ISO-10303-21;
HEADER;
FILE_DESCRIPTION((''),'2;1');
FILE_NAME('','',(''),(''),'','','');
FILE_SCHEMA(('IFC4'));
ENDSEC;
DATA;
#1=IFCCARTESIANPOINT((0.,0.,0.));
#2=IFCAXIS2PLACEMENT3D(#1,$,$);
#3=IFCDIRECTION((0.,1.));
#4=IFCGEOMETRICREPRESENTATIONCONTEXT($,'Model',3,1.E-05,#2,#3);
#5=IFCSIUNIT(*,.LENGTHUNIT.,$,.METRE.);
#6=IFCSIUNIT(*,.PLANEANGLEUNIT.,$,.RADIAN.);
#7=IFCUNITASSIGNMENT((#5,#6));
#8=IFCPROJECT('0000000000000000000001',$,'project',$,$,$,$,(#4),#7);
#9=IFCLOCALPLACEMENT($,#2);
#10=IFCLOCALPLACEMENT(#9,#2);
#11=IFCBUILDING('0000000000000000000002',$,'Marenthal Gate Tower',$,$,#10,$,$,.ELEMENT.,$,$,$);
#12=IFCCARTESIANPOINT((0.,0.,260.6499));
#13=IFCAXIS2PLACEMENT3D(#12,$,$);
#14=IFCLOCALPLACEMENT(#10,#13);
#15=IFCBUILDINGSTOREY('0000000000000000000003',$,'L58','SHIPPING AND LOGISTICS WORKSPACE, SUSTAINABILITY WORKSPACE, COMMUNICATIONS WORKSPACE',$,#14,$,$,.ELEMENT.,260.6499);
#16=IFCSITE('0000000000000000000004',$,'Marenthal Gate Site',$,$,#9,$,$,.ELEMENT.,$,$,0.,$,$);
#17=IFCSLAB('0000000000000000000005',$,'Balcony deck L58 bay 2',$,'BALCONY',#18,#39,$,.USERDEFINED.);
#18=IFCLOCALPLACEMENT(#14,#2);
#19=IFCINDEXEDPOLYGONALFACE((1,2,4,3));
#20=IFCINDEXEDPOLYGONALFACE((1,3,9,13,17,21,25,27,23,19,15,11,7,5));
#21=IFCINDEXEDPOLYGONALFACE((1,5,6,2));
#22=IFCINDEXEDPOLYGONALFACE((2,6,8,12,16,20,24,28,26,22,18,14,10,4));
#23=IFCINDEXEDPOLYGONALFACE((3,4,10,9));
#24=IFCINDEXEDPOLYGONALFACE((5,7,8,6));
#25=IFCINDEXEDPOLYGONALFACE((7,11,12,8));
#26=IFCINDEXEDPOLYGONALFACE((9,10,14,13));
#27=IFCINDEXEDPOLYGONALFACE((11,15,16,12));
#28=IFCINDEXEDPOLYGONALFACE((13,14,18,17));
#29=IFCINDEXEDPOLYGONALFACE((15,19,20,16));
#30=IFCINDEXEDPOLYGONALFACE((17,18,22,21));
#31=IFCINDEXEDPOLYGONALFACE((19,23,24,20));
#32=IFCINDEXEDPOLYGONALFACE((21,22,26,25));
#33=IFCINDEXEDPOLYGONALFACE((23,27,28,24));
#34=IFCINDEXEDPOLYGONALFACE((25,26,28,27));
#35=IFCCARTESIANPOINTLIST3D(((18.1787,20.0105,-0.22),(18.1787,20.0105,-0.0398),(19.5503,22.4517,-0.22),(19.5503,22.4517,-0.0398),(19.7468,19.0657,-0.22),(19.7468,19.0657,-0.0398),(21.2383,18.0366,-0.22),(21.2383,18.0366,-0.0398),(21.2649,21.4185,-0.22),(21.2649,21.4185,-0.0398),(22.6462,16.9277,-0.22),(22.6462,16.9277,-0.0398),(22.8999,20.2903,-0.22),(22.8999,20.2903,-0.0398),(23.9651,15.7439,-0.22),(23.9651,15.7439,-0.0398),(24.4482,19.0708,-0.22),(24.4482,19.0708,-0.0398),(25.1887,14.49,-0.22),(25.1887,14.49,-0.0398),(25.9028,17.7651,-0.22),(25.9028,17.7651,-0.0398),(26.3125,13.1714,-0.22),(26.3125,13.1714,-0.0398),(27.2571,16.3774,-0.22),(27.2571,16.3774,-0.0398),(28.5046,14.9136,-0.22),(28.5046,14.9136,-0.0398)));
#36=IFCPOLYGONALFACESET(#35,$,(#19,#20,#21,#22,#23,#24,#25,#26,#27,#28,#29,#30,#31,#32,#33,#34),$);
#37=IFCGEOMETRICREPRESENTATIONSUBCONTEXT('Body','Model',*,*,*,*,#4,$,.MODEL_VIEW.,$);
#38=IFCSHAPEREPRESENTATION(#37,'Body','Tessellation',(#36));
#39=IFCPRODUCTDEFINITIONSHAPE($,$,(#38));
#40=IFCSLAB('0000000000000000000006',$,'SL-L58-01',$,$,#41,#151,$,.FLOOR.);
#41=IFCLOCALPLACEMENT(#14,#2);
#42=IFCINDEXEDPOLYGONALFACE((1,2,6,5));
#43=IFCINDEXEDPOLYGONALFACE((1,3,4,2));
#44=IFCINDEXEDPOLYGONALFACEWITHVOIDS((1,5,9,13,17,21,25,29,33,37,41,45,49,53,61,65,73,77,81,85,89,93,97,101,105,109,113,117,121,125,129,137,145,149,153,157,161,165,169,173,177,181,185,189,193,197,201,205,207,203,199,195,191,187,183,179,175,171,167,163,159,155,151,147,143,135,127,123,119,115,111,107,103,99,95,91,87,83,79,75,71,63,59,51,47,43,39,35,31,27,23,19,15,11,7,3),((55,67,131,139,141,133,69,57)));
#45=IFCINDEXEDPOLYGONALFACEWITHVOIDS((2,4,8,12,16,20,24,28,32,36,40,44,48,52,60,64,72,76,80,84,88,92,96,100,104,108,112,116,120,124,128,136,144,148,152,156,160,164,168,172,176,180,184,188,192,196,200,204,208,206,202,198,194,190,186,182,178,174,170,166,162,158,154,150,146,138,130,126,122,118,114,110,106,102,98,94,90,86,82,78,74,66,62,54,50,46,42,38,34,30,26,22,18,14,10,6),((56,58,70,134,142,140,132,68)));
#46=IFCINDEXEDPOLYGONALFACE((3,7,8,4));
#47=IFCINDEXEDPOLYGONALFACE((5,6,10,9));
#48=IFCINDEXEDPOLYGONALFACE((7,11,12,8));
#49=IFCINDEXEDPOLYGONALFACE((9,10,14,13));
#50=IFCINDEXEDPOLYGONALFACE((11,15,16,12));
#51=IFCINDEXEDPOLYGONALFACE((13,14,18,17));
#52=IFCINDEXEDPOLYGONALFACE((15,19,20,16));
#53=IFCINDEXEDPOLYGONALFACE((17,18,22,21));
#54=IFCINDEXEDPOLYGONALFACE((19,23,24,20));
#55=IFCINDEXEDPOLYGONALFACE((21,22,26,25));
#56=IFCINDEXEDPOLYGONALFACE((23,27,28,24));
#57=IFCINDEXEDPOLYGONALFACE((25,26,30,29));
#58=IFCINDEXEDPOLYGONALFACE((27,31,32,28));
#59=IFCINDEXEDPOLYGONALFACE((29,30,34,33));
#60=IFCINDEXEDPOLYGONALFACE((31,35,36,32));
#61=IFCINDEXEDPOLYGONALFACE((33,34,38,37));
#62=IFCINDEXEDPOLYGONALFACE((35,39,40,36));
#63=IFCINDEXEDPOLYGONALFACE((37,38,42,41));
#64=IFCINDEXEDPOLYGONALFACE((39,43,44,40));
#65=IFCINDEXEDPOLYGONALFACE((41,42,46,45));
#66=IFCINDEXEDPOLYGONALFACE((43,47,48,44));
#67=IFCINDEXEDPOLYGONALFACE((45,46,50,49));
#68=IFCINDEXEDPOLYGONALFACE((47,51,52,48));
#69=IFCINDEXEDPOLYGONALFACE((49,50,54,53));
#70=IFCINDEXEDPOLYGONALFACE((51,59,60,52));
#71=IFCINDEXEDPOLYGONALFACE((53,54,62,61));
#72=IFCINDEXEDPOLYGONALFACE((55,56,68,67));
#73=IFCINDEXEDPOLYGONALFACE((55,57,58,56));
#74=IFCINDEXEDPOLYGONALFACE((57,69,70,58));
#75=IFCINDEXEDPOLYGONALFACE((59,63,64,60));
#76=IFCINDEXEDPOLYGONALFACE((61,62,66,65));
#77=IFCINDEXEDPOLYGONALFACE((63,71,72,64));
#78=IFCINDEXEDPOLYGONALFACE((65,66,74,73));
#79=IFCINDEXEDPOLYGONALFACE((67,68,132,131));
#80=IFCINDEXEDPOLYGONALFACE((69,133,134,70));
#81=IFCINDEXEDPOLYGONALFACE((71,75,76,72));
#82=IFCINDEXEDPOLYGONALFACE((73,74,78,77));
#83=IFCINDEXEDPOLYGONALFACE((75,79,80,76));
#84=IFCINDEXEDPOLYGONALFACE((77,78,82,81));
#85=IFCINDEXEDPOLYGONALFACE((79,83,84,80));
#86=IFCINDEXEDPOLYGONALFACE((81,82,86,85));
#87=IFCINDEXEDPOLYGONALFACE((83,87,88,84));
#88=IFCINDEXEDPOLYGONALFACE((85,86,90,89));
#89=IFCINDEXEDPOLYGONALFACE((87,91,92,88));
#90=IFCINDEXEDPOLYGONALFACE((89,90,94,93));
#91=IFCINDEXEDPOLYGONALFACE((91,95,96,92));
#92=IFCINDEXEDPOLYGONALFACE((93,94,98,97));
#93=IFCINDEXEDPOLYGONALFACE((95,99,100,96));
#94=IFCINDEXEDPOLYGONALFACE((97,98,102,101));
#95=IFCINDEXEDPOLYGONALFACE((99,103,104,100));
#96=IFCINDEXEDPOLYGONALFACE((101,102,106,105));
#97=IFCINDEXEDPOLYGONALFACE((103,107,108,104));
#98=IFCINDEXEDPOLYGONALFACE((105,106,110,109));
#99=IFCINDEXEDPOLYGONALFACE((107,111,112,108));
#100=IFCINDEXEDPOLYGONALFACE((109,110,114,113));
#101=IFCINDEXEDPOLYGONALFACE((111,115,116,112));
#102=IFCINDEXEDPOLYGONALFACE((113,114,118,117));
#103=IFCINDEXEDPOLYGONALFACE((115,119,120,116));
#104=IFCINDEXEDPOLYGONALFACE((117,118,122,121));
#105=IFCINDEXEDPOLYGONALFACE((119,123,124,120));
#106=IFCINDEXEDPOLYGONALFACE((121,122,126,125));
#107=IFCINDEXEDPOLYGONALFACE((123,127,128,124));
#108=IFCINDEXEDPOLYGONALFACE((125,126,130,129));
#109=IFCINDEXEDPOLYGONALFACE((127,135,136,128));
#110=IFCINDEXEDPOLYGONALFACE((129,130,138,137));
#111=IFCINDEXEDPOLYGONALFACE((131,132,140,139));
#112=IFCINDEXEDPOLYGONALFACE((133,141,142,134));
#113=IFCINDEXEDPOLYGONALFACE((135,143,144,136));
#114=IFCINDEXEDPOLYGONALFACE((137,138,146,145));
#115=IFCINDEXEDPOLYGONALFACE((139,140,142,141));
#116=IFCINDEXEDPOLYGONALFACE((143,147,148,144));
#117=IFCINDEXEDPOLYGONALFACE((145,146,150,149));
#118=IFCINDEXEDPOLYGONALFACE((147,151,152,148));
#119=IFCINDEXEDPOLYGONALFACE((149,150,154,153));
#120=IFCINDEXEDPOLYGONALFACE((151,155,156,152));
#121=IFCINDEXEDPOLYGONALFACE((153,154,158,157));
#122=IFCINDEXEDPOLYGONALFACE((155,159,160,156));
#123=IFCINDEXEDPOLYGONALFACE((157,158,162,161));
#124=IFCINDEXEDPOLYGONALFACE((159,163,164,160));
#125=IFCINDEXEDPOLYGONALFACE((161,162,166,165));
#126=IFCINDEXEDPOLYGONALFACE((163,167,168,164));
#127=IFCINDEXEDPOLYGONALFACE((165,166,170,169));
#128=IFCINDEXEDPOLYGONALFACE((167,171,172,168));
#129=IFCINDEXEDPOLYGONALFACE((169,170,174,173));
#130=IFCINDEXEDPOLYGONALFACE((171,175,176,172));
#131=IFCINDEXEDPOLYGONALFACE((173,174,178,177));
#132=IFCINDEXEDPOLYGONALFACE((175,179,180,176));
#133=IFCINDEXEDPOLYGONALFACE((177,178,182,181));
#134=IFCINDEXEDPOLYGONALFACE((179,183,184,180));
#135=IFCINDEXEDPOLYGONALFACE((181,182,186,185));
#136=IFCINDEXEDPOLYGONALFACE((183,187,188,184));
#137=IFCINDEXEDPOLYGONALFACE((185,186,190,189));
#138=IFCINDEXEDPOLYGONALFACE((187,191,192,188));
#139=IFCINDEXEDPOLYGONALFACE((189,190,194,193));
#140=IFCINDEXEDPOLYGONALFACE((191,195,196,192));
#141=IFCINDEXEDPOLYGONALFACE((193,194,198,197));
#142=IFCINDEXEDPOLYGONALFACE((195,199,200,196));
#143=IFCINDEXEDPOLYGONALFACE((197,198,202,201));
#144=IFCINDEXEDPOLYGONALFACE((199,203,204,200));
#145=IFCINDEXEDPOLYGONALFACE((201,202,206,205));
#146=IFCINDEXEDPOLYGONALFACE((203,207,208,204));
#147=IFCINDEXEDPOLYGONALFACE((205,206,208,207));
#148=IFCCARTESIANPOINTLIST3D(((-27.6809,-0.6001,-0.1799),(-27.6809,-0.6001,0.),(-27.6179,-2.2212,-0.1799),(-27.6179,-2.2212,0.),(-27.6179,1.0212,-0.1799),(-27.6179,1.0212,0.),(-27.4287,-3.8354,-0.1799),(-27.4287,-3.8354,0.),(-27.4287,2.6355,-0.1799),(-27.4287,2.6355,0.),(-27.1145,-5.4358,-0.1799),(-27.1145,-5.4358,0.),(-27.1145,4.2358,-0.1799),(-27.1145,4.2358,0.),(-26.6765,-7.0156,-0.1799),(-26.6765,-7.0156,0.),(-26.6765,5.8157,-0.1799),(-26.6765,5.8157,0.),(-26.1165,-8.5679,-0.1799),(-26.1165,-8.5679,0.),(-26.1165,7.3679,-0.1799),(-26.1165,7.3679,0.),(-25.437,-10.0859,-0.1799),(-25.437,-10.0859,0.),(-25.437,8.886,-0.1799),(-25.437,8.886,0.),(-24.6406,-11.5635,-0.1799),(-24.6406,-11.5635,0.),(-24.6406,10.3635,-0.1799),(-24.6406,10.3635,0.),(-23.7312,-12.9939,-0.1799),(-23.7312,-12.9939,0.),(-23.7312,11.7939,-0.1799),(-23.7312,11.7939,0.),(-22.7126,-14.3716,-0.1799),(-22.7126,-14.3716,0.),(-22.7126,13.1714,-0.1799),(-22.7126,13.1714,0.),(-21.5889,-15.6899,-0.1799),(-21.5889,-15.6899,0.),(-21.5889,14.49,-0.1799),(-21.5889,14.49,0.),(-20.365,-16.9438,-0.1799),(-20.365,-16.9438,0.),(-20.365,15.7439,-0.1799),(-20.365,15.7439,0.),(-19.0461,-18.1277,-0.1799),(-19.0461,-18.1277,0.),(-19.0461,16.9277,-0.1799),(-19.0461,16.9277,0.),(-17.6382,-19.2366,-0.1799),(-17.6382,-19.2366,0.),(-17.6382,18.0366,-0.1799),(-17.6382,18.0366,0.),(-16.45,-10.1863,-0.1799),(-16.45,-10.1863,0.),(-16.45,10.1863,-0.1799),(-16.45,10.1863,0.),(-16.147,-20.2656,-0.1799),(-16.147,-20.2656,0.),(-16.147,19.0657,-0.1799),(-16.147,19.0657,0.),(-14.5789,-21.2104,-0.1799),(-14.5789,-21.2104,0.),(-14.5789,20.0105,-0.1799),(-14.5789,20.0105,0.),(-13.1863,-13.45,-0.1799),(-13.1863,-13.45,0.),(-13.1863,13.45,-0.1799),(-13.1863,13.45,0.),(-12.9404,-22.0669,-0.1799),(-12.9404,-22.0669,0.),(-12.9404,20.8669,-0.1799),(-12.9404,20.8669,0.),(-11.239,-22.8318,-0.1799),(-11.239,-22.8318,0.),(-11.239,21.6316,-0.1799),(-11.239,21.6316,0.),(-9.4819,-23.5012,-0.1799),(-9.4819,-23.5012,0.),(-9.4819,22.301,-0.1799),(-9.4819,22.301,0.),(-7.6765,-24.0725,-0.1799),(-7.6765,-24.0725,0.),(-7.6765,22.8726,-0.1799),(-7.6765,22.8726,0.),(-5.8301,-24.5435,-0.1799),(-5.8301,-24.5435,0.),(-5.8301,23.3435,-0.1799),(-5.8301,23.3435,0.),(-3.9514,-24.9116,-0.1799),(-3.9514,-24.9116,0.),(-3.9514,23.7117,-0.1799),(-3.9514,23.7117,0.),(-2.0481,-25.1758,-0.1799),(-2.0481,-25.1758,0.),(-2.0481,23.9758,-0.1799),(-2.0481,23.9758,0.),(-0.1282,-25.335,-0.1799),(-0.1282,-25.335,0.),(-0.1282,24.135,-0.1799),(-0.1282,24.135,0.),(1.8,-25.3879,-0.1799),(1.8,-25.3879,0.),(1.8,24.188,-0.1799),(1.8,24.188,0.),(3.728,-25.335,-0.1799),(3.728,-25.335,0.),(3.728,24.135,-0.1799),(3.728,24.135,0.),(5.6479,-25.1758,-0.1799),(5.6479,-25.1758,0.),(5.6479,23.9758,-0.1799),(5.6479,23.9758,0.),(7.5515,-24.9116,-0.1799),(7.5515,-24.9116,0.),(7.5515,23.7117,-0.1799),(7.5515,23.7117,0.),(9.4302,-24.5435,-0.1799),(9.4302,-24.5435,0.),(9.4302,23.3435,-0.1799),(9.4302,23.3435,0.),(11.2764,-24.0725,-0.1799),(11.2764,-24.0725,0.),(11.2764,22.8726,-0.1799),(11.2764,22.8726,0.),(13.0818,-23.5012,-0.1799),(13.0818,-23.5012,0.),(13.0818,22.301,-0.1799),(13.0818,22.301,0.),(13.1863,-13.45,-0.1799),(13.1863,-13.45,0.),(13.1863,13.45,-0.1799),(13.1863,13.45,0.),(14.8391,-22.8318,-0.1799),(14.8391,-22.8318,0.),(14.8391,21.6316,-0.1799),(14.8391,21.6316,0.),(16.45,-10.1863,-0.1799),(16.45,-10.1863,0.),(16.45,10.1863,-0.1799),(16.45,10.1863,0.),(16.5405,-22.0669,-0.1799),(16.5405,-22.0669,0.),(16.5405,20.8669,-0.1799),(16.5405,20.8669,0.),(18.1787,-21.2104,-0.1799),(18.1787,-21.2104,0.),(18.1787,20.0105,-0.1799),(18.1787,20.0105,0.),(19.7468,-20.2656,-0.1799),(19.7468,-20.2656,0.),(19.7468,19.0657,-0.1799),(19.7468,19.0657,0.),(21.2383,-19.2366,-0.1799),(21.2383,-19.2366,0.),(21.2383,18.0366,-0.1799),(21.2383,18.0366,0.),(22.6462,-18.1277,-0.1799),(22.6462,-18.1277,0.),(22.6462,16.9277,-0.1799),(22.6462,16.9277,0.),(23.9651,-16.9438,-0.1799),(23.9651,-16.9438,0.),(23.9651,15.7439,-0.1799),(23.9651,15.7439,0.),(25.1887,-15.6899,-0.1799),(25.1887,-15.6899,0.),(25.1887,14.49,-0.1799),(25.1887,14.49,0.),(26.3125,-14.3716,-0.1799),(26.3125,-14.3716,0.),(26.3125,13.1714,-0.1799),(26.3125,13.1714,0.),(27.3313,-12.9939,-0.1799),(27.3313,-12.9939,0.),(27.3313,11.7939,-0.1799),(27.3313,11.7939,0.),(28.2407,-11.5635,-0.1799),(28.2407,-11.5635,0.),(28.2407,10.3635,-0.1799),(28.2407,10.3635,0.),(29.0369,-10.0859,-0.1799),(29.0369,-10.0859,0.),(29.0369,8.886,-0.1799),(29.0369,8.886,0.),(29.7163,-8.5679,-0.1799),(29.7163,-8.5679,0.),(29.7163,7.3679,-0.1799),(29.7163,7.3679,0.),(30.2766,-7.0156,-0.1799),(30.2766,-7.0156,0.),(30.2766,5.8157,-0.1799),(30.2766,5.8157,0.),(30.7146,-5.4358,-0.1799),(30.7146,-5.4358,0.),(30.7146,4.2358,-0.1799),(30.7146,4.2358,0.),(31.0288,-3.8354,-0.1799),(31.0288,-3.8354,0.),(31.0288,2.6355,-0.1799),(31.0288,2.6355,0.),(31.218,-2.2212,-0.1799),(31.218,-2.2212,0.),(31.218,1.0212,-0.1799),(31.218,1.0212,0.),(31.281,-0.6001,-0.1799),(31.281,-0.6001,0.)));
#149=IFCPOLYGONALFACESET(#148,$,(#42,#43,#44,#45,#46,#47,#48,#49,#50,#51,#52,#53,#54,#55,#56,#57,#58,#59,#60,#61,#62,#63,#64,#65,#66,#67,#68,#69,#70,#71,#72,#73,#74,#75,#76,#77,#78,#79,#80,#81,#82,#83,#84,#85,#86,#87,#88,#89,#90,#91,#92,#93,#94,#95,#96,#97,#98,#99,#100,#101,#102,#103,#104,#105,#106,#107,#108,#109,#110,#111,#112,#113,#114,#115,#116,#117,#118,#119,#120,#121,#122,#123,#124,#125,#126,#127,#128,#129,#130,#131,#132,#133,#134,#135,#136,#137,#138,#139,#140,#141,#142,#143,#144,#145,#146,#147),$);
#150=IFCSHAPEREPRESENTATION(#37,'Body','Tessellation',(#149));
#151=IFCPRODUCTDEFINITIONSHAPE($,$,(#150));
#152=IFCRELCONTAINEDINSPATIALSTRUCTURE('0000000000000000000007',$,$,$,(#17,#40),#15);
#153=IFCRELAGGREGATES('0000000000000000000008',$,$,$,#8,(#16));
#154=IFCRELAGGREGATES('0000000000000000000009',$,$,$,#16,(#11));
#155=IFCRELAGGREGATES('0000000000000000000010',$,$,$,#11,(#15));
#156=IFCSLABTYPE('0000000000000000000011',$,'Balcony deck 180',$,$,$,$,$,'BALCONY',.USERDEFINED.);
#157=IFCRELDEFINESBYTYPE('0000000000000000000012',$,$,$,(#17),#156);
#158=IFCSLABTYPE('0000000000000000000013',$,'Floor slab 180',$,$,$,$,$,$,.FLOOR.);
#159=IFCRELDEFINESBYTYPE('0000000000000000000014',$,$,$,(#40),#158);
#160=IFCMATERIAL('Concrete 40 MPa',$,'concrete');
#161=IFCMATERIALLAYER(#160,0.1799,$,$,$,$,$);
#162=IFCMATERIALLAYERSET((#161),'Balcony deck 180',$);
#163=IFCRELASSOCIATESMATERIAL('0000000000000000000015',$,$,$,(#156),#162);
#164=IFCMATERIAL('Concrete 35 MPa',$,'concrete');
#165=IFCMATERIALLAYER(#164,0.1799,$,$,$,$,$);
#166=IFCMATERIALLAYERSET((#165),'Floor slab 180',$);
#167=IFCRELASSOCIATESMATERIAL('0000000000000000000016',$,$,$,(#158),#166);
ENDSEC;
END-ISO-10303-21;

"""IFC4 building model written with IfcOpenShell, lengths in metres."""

from ifc_helpers import new_model, si_unit, direction, frame, origin, place, context, subcontext, project, spatial, polyline, outline, extrude, material, layer, layer_set, type_object, element, save


model = new_model("IFC4")

# Units and contexts
model_context = context("Model", 3, precision=1e-05, world=origin(), true_north=direction((0.0, 1.0)))
body_context = subcontext(model_context, "Body", "Model", "MODEL_VIEW")
ifc_project = project(units=[si_unit("LENGTHUNIT", "METRE"), si_unit("PLANEANGLEUNIT", "RADIAN")], contexts=[model_context])

# Site, building, storey
site_placement = place(None, origin())
site = spatial("IfcSite", under=ifc_project, at=site_placement, Name="Marenthal Gate Site", CompositionType="ELEMENT", RefElevation=0.0)
building_placement = place(site_placement, origin())
building = spatial("IfcBuilding", under=site, at=building_placement, Name="Marenthal Gate Tower", CompositionType="ELEMENT")
storey_placement = place(building_placement, frame((0.0, 0.0, 260.6499)))
storey = spatial("IfcBuildingStorey", under=building, at=storey_placement, Name="L58", Description="SHIPPING AND LOGISTICS WORKSPACE, SUSTAINABILITY WORKSPACE, COMMUNICATIONS WORKSPACE", CompositionType="ELEMENT", Elevation=260.6499)

# Slabs
ifc_material_1 = material(Name="Concrete 40 MPa", Category="concrete")
ifc_layer_1 = layer(ifc_material_1, 0.1799)
ifc_layer_set_1 = layer_set([ifc_layer_1], Name="Balcony deck 180")
slab_type_1 = type_object("IfcSlabType", Name="Balcony deck 180", ElementType="BALCONY", PredefinedType="USERDEFINED", material=ifc_layer_set_1)
slab_1_placement = place(storey_placement, frame((0.0, 0.0, -0.22)))
element("IfcSlab", 1, at=slab_1_placement, inside=storey, type_object=slab_type_1, Name="Balcony deck L58 bay 2", ObjectType="BALCONY", PredefinedType="USERDEFINED", context=body_context, shape_type="SweptSolid", body=[
    extrude(outline(polyline([(26.3125, 13.1714), (25.1887, 14.49), (23.9651, 15.7439), (22.6462, 16.9277), (21.2383, 18.0366), (19.7468, 19.0657), (18.1787, 20.0105), (19.5503, 22.4517), (21.2649, 21.4185), (22.8999, 20.2903), (24.4482, 19.0708), (25.9028, 17.7651), (27.2571, 16.3774), (28.5046, 14.9136), (26.3125, 13.1714)])), origin(), (0.0, 0.0, 1.0), 0.1802),
])
ifc_material_2 = material(Name="Concrete 35 MPa", Category="concrete")
ifc_layer_2 = layer(ifc_material_2, 0.1799)
ifc_layer_set_2 = layer_set([ifc_layer_2], Name="Floor slab 180")
slab_type_2 = type_object("IfcSlabType", Name="Floor slab 180", PredefinedType="FLOOR", material=ifc_layer_set_2)
slab_2_placement = place(storey_placement, frame((0.0, 0.0, -0.1799)))
element("IfcSlab", 2, at=slab_2_placement, inside=storey, type_object=slab_type_2, Name="SL-L58-01", PredefinedType="FLOOR", context=body_context, shape_type="SweptSolid", body=[
    extrude(outline(polyline([(31.281, -0.6001), (31.218, 1.0212), (31.0288, 2.6355), (30.7146, 4.2358), (30.2766, 5.8157), (29.7163, 7.3679), (29.0369, 8.886), (28.2407, 10.3635), (27.3313, 11.7939), (26.3125, 13.1714), (25.1887, 14.49), (23.9651, 15.7439), (22.6462, 16.9277), (21.2383, 18.0366), (19.7468, 19.0657), (18.1787, 20.0105), (16.5405, 20.8669), (14.8391, 21.6316), (13.0818, 22.301), (11.2764, 22.8726), (9.4302, 23.3435), (7.5515, 23.7117), (5.6479, 23.9758), (3.728, 24.135), (1.8, 24.188), (-0.1282, 24.135), (-2.0481, 23.9758), (-3.9514, 23.7117), (-5.8301, 23.3435), (-7.6765, 22.8726), (-9.4819, 22.301), (-11.239, 21.6316), (-12.9404, 20.8669), (-14.5789, 20.0105), (-16.147, 19.0657), (-17.6382, 18.0366), (-19.0461, 16.9277), (-20.365, 15.7439), (-21.5889, 14.49), (-22.7126, 13.1714), (-23.7312, 11.7939), (-24.6406, 10.3635), (-25.437, 8.886), (-26.1165, 7.3679), (-26.6765, 5.8157), (-27.1145, 4.2358), (-27.4287, 2.6355), (-27.6179, 1.0212), (-27.6809, -0.6001), (-27.6179, -2.2212), (-27.4287, -3.8354), (-27.1145, -5.4358), (-26.6765, -7.0156), (-26.1165, -8.5679), (-25.437, -10.0859), (-24.6406, -11.5635), (-23.7312, -12.9939), (-22.7126, -14.3716), (-21.5889, -15.6899), (-20.365, -16.9438), (-19.0461, -18.1277), (-17.6382, -19.2366), (-16.147, -20.2656), (-14.5789, -21.2104), (-12.9404, -22.0669), (-11.239, -22.8318), (-9.4819, -23.5012), (-7.6765, -24.0725), (-5.8301, -24.5435), (-3.9514, -24.9116), (-2.0481, -25.1758), (-0.1282, -25.335), (1.8, -25.3879), (3.728, -25.335), (5.6479, -25.1758), (7.5515, -24.9116), (9.4302, -24.5435), (11.2764, -24.0725), (13.0818, -23.5012), (14.8391, -22.8318), (16.5405, -22.0669), (18.1787, -21.2104), (19.7468, -20.2656), (21.2383, -19.2366), (22.6462, -18.1277), (23.9651, -16.9438), (25.1887, -15.6899), (26.3125, -14.3716), (27.3313, -12.9939), (28.2407, -11.5635), (29.0369, -10.0859), (29.7163, -8.5679), (30.2766, -7.0156), (30.7146, -5.4358), (31.0288, -3.8354), (31.218, -2.2212), (31.281, -0.6001)]), holes=[polyline([(13.1863, -13.45), (16.45, -10.1863), (16.45, 10.1863), (13.1863, 13.45), (-13.1863, 13.45), (-16.45, 10.1863), (-16.45, -10.1863), (-13.1863, -13.45), (13.1863, -13.45)])]), origin(), (0.0, 0.0, 1.0), 0.1799),
])

save(model, "model.ifc")
